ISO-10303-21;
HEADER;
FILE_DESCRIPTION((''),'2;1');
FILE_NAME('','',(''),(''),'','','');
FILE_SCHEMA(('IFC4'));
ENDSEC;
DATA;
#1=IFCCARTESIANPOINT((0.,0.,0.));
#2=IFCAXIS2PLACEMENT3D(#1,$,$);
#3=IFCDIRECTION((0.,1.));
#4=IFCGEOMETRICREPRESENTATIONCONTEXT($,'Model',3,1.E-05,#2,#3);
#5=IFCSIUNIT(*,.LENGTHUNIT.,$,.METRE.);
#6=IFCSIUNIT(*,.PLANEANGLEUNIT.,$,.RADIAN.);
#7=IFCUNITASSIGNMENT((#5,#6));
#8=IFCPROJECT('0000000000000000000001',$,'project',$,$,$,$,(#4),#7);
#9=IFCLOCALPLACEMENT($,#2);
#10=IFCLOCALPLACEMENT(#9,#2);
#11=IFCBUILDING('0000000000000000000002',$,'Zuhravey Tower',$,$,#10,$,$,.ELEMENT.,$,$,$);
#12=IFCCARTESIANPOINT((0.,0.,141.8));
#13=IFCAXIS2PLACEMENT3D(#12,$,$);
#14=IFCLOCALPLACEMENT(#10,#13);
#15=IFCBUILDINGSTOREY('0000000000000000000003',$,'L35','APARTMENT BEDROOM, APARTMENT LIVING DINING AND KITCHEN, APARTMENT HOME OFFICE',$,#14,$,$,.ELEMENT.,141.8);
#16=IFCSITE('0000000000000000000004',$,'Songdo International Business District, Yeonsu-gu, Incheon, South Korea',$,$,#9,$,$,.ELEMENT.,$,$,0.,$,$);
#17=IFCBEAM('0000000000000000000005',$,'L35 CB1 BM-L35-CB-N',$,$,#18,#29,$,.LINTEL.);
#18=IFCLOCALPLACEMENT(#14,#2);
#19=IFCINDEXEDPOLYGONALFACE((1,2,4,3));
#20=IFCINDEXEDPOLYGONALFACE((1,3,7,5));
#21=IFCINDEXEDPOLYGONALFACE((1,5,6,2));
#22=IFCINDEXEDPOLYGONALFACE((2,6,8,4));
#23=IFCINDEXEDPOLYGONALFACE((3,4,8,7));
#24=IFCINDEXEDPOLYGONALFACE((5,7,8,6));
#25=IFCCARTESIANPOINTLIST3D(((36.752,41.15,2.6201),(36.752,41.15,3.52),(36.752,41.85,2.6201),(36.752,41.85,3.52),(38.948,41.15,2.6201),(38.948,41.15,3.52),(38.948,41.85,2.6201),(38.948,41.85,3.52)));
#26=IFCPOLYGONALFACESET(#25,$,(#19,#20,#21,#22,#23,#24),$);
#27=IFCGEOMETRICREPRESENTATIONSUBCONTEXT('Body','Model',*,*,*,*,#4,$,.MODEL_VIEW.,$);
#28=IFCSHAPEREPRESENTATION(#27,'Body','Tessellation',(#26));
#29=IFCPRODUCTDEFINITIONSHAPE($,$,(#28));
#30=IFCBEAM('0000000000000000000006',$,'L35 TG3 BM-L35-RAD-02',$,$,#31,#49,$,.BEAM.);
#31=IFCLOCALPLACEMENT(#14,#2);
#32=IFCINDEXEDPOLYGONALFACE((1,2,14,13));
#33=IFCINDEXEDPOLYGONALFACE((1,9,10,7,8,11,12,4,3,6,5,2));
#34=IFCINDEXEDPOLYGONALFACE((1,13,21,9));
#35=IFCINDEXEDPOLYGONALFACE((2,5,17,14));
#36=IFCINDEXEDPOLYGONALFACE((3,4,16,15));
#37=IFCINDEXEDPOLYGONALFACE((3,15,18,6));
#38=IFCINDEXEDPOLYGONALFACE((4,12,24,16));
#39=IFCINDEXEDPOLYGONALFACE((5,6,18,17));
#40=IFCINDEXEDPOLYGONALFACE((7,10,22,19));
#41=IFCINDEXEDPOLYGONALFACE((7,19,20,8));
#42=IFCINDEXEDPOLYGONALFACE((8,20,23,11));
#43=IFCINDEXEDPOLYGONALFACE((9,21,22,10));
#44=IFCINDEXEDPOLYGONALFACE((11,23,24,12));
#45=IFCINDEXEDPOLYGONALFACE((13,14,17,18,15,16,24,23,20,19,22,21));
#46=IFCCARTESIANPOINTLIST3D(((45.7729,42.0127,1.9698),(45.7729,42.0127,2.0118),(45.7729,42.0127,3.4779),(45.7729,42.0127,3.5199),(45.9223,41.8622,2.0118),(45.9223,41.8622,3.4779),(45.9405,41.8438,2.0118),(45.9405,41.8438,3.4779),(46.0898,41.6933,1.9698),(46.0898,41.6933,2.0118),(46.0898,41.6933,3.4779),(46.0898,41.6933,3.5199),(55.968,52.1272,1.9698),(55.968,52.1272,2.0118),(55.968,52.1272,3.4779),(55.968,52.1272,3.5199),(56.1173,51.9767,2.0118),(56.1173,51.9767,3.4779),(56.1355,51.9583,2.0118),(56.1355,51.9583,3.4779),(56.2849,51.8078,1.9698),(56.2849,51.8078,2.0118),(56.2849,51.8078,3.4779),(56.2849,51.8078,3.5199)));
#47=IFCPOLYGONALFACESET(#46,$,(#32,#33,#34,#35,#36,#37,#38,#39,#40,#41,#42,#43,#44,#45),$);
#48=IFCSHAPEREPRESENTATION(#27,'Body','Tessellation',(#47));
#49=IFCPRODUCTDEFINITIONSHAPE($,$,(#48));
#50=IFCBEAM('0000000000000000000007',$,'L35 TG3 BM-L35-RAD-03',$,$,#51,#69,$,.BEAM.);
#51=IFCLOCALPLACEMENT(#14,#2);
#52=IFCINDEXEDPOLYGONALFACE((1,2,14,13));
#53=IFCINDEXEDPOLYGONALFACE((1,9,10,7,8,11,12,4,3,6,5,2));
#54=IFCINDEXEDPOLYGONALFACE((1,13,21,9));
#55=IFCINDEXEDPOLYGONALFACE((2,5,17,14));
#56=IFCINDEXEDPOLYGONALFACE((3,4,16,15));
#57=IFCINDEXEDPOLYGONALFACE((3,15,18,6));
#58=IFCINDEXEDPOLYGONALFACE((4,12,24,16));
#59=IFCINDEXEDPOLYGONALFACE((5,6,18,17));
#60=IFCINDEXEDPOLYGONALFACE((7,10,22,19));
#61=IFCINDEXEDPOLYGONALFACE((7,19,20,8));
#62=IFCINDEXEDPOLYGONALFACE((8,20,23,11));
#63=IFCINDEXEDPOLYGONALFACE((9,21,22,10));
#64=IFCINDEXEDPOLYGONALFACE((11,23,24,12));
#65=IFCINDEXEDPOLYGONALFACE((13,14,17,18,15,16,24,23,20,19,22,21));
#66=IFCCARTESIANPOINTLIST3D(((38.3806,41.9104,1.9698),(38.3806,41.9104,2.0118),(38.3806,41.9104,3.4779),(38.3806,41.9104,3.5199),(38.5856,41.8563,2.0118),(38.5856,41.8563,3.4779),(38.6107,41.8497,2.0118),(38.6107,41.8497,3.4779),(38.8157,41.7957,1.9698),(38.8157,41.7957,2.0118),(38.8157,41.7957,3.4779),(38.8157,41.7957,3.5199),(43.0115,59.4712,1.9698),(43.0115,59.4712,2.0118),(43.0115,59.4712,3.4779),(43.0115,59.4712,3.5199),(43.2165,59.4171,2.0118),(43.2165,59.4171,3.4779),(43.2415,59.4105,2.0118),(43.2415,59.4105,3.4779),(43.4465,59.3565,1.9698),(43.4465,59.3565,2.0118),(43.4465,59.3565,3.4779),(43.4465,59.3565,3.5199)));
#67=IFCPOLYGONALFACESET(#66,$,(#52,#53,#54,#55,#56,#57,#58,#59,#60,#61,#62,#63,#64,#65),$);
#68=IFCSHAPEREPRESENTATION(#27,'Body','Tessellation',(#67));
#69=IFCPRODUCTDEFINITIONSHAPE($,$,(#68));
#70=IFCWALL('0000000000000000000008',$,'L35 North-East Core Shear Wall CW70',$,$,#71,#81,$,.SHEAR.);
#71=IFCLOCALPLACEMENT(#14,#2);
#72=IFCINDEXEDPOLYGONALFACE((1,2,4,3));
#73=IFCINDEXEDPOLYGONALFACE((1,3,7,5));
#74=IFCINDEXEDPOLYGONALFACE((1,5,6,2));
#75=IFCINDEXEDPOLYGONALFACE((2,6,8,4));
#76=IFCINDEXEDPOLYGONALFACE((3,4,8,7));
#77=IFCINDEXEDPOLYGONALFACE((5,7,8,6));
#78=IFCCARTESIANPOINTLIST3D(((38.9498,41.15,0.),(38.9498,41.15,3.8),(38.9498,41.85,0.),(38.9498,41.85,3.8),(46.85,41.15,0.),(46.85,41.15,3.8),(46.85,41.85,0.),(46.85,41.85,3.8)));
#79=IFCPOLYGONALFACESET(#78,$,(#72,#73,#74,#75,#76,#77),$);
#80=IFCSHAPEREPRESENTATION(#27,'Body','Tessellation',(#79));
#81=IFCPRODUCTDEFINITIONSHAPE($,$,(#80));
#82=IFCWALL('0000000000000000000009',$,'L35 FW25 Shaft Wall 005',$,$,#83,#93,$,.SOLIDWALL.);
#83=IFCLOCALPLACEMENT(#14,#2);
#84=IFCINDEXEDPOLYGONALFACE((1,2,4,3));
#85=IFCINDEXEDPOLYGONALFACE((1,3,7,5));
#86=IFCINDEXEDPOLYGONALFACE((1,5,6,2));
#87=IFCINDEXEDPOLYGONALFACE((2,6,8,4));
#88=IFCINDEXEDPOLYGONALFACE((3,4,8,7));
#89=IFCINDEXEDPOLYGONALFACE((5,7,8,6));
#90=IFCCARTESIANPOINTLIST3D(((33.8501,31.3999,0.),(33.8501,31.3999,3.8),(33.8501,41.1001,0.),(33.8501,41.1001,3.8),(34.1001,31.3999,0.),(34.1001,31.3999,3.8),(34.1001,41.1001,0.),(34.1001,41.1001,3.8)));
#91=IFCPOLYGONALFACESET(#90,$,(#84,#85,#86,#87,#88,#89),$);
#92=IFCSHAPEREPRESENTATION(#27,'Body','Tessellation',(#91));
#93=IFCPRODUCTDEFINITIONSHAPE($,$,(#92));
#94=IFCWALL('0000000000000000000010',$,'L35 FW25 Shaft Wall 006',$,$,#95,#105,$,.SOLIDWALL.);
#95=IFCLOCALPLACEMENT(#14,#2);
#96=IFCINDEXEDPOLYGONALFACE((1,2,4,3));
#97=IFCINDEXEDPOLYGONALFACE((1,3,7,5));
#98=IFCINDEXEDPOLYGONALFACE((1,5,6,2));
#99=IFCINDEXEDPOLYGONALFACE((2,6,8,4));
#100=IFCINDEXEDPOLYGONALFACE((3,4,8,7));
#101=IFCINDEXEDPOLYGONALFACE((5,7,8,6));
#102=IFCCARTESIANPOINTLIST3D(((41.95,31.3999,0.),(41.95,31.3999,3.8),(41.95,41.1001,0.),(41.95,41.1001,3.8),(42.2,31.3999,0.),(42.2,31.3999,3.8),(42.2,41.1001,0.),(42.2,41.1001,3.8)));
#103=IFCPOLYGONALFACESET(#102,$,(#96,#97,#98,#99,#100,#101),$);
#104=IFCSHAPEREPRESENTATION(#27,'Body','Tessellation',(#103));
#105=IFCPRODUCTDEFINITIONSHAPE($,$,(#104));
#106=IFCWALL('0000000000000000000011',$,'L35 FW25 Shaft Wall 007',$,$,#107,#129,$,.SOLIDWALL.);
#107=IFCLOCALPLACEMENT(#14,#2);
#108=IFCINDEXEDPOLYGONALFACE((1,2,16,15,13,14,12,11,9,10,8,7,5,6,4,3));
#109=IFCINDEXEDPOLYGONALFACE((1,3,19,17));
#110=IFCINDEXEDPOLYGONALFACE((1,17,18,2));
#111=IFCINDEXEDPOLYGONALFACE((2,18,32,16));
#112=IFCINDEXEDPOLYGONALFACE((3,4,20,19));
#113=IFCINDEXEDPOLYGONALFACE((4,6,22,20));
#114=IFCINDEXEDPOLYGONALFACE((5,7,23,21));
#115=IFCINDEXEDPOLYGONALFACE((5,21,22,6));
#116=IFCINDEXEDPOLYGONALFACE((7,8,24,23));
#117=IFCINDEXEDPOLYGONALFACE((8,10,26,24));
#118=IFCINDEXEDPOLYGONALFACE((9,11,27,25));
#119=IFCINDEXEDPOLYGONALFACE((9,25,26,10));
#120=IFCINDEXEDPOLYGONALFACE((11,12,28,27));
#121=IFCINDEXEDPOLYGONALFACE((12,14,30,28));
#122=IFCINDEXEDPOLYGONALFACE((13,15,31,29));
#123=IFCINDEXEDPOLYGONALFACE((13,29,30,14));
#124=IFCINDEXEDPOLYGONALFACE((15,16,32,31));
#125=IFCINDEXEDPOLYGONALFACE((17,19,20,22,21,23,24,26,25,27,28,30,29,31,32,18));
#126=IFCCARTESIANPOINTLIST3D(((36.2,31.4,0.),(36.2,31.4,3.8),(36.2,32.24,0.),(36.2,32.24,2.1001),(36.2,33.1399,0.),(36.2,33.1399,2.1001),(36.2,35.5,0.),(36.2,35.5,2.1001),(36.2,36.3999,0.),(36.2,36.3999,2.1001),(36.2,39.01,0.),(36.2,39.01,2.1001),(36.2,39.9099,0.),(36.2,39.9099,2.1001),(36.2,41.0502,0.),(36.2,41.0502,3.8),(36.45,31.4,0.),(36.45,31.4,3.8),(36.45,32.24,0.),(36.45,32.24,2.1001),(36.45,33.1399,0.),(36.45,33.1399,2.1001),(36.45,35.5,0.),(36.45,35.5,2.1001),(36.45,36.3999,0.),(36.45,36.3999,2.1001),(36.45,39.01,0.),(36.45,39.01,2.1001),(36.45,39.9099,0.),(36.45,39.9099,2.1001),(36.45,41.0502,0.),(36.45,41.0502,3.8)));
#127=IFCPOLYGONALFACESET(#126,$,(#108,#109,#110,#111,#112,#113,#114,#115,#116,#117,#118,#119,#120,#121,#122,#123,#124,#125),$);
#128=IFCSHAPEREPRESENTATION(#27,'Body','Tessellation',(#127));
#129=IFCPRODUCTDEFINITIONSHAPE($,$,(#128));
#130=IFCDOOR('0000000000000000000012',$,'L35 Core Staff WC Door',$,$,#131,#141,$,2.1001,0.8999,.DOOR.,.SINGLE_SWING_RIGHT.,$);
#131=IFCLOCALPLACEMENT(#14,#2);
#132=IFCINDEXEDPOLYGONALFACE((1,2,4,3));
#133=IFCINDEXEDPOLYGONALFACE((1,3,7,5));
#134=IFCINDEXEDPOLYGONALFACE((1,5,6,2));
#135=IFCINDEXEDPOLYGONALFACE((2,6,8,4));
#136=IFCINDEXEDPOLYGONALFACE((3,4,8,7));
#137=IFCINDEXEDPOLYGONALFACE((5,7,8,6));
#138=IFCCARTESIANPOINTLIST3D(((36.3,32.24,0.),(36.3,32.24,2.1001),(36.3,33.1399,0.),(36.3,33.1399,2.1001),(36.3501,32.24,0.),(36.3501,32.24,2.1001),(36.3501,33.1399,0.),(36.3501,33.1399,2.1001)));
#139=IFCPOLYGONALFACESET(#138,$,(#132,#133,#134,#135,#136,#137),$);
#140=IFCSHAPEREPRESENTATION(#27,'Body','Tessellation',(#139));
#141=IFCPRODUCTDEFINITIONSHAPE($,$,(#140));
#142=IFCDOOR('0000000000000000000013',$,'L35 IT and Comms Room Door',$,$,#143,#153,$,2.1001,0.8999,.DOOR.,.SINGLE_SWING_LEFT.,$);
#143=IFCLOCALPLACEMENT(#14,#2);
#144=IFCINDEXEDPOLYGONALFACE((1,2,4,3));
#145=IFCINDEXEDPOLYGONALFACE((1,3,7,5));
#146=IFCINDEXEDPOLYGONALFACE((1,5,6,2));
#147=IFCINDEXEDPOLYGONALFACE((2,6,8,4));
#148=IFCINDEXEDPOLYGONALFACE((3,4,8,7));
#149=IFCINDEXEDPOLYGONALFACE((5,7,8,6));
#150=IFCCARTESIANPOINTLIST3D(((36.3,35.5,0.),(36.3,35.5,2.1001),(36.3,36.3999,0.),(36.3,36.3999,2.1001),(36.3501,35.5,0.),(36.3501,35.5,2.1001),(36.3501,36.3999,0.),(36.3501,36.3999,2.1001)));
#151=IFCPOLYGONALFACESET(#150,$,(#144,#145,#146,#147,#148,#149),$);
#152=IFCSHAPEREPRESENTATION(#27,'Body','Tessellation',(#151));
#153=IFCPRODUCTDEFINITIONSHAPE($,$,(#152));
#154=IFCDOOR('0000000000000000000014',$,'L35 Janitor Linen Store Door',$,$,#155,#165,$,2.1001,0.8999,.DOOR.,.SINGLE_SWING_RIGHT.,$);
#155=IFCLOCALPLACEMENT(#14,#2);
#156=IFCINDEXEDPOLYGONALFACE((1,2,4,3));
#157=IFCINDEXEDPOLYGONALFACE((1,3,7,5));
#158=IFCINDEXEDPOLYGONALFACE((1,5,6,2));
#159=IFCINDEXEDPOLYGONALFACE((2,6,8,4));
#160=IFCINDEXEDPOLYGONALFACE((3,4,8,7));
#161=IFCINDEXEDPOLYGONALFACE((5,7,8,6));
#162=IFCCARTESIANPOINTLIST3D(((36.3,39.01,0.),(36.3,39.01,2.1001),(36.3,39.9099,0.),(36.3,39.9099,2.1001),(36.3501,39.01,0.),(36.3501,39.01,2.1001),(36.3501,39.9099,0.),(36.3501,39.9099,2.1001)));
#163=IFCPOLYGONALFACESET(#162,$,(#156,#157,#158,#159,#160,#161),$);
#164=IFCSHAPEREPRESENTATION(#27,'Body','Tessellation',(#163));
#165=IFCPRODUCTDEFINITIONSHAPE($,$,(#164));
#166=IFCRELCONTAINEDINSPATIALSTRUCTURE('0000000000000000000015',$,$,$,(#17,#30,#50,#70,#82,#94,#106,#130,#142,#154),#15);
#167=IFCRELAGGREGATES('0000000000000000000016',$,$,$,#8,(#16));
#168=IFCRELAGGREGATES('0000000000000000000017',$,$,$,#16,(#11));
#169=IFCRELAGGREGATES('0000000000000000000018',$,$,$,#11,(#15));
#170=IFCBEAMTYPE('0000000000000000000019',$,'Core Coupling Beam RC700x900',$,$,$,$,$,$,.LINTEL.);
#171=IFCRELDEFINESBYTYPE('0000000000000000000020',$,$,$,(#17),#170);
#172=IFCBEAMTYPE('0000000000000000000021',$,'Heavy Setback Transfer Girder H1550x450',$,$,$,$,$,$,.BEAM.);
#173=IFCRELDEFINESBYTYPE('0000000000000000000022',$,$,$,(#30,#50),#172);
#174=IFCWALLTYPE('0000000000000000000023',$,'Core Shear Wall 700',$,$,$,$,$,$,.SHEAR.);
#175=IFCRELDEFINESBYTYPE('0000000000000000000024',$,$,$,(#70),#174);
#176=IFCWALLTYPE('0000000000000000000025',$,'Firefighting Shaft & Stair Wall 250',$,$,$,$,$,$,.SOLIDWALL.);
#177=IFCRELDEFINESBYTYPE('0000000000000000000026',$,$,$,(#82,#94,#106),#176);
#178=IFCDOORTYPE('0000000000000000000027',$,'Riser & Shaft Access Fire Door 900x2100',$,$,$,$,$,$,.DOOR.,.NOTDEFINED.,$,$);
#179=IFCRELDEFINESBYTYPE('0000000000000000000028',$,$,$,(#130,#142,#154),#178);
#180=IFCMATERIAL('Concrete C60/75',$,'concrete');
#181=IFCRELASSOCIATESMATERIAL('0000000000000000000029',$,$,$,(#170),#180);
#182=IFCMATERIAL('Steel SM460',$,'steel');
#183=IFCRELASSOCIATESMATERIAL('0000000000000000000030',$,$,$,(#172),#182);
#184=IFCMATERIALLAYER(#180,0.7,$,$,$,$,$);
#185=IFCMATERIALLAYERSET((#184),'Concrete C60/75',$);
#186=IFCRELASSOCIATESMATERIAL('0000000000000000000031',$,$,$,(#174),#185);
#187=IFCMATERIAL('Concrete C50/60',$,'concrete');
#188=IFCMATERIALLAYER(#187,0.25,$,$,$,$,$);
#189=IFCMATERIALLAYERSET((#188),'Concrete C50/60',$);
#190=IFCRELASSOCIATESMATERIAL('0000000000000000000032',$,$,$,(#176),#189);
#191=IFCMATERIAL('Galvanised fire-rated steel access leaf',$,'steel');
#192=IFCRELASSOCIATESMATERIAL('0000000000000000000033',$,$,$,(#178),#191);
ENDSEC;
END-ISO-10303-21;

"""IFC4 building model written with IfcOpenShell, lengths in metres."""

from ifc_helpers import new_model, si_unit, direction, frame, frame_2d, origin, origin_2d, place, context, subcontext, project, spatial, rectangle, i_section, extrude, material, layer, layer_set, material_profile, profile_set, type_object, element, fill, save


model = new_model("IFC4")

# Units and contexts
model_context = context("Model", 3, precision=1e-05, world=origin(), true_north=direction((0.0, 1.0)))
body_context = subcontext(model_context, "Body", "Model", "MODEL_VIEW")
ifc_project = project(units=[si_unit("LENGTHUNIT", "METRE"), si_unit("PLANEANGLEUNIT", "RADIAN")], contexts=[model_context])

# Site, building, storey
site_placement = place(None, origin())
site = spatial("IfcSite", under=ifc_project, at=site_placement, Name="Songdo International Business District, Yeonsu-gu, Incheon, South Korea", CompositionType="ELEMENT", RefElevation=0.0)
building_placement = place(site_placement, origin())
building = spatial("IfcBuilding", under=site, at=building_placement, Name="Zuhravey Tower", CompositionType="ELEMENT")
storey_placement = place(building_placement, frame((0.0, 0.0, 141.8)))
storey = spatial("IfcBuildingStorey", under=building, at=storey_placement, Name="L35", Description="APARTMENT BEDROOM, APARTMENT LIVING DINING AND KITCHEN, APARTMENT HOME OFFICE", CompositionType="ELEMENT", Elevation=141.8)

# Beams
ifc_material_1 = material(Name="Concrete C60/75", Category="concrete")
ifc_material_profile_1 = material_profile(ifc_material_1, rectangle(XDim=0.7, YDim=0.8999, at=origin_2d()), Name="RC-700x900")
ifc_profile_set_1 = profile_set([ifc_material_profile_1], Name="Concrete C60/75")
beam_type_1 = type_object("IfcBeamType", Name="Core Coupling Beam RC700x900", PredefinedType="LINTEL", material=ifc_profile_set_1)
beam_1_placement = place(storey_placement, frame((36.752, 41.5, 3.0701), z_axis=(1.0, 0.0, 0.0), x_axis=(0.0, 1.0, 0.0)))
element("IfcBeam", 1, at=beam_1_placement, inside=storey, type_object=beam_type_1, Name="L35 CB1 BM-L35-CB-N", PredefinedType="LINTEL", context=body_context, shape_type="SweptSolid", body=[
    extrude(rectangle(XDim=0.7, YDim=0.8999, at=origin_2d()), origin(), (0.0, 0.0, 1.0), 2.196),
])
ifc_material_2 = material(Name="Steel SM460", Category="steel")
ifc_material_profile_2 = material_profile(ifc_material_2, i_section(OverallWidth=0.45, OverallDepth=1.55, WebThickness=0.0259, FlangeThickness=0.042, at=origin_2d()), Name="H-1550x450x26x42")
ifc_profile_set_2 = profile_set([ifc_material_profile_2], Name="Steel SM460")
beam_type_2 = type_object("IfcBeamType", Name="Heavy Setback Transfer Girder H1550x450", PredefinedType="BEAM", material=ifc_profile_set_2)
beam_2_placement = place(storey_placement, frame((45.9314, 41.853, 2.7449), z_axis=(0.709906, 0.704296, 0.0), x_axis=(-0.704296, 0.709906, 0.0)))
element("IfcBeam", 2, at=beam_2_placement, inside=storey, type_object=beam_type_2, Name="L35 TG3 BM-L35-RAD-02", PredefinedType="BEAM", context=body_context, shape_type="SweptSolid", body=[
    extrude(i_section(OverallWidth=0.45, OverallDepth=1.55, WebThickness=0.0259, FlangeThickness=0.042, at=origin_2d()), origin(), (0.0, 0.0, 1.0), 14.3611),
])
beam_3_placement = place(storey_placement, frame((38.5981, 41.853, 2.7449), z_axis=(0.254988, 0.966944, 0.0), x_axis=(-0.966944, 0.254988, 0.0)))
element("IfcBeam", 3, at=beam_3_placement, inside=storey, type_object=beam_type_2, Name="L35 TG3 BM-L35-RAD-03", PredefinedType="BEAM", context=body_context, shape_type="SweptSolid", body=[
    extrude(i_section(OverallWidth=0.45, OverallDepth=1.55, WebThickness=0.0259, FlangeThickness=0.042, at=origin_2d()), origin(), (0.0, 0.0, 1.0), 18.1611),
])

# Wall
ifc_layer_1 = layer(ifc_material_1, 0.7)
ifc_layer_set_1 = layer_set([ifc_layer_1], Name="Concrete C60/75")
wall_type_1 = type_object("IfcWallType", Name="Core Shear Wall 700", PredefinedType="SHEAR", material=ifc_layer_set_1)
wall_1_placement = place(storey_placement, frame((46.8501, 41.5, 0.0), z_axis=(0.0, 0.0, 1.0), x_axis=(-1.0, 0.0, 0.0)))
element("IfcWall", 4, at=wall_1_placement, inside=storey, type_object=wall_type_1, Name="L35 North-East Core Shear Wall CW70", PredefinedType="SHEAR", context=body_context, shape_type="SweptSolid", body=[
    extrude(rectangle(XDim=7.9001, YDim=0.7, at=frame_2d((3.9502, 0.0))), origin(), (0.0, 0.0, 1.0), 3.8),
])

# Shared definitions
ifc_material_3 = material(Name="Concrete C50/60", Category="concrete")
ifc_layer_2 = layer(ifc_material_3, 0.25)
ifc_layer_set_2 = layer_set([ifc_layer_2], Name="Concrete C50/60")
wall_type_2 = type_object("IfcWallType", Name="Firefighting Shaft & Stair Wall 250", PredefinedType="SOLIDWALL", material=ifc_layer_set_2)

# Walls
for number, where, z_axis, x_axis, name in (
    (5, (33.9751, 31.3999, 0.0), (0.0, 0.0, 1.0), (0.0, 1.0, 0.0), "L35 FW25 Shaft Wall 005"),
    (6, (42.075, 31.3999, 0.0), (0.0, 0.0, 1.0), (0.0, 1.0, 0.0), "L35 FW25 Shaft Wall 006"),
):
    element("IfcWall", number, at=place(storey_placement, frame(where, z_axis=z_axis, x_axis=x_axis)), inside=storey, type_object=wall_type_2, Name=name, PredefinedType="SOLIDWALL", context=body_context, shape_type="SweptSolid", body=[
        extrude(rectangle(XDim=9.7002, YDim=0.25, at=frame_2d((4.8501, 0.0))), origin(), (0.0, 0.0, 1.0), 3.8),
    ])

# Wall, openings, doors
wall_2_placement = place(storey_placement, frame((36.325, 31.3999, 0.0), z_axis=(0.0, 0.0, 1.0), x_axis=(0.0, 1.0, 0.0)))
wall_2 = element("IfcWall", 7, at=wall_2_placement, inside=storey, type_object=wall_type_2, Name="L35 FW25 Shaft Wall 007", PredefinedType="SOLIDWALL", context=body_context, shape_type="SweptSolid", body=[
    extrude(rectangle(XDim=9.6501, YDim=0.25, at=frame_2d((4.8252, 0.0))), origin(), (0.0, 0.0, 1.0), 3.8),
])
opening_1_placement = place(wall_2_placement, frame((0.8401, 0.0, 0.0)))
opening_1 = element("IfcOpeningElement", 8, at=opening_1_placement, cuts=wall_2, PredefinedType="OPENING", context=body_context, shape_type="SweptSolid", body=[
    extrude(rectangle(XDim=0.8999, YDim=2.1001, at=frame_2d((0.45, 1.05))), frame((0.0, 0.137, 0.0), z_axis=(0.0, -1.0, 0.0), x_axis=(1.0, 0.0, 0.0)), (0.0, 0.0, 1.0), 0.2739),
])
opening_2_placement = place(wall_2_placement, frame((4.1001, 0.0, 0.0)))
opening_2 = element("IfcOpeningElement", 9, at=opening_2_placement, cuts=wall_2, PredefinedType="OPENING", context=body_context, shape_type="SweptSolid", body=[
    extrude(rectangle(XDim=0.8999, YDim=2.1001, at=frame_2d((0.45, 1.05))), frame((0.0, 0.137, 0.0), z_axis=(0.0, -1.0, 0.0), x_axis=(1.0, 0.0, 0.0)), (0.0, 0.0, 1.0), 0.2739),
])
opening_3_placement = place(wall_2_placement, frame((7.6101, 0.0, 0.0)))
opening_3 = element("IfcOpeningElement", 10, at=opening_3_placement, cuts=wall_2, PredefinedType="OPENING", context=body_context, shape_type="SweptSolid", body=[
    extrude(rectangle(XDim=0.8999, YDim=2.1001, at=frame_2d((0.45, 1.05))), frame((0.0, 0.137, 0.0), z_axis=(0.0, -1.0, 0.0), x_axis=(1.0, 0.0, 0.0)), (0.0, 0.0, 1.0), 0.2739),
])
ifc_material_4 = material(Name="Galvanised fire-rated steel access leaf", Category="steel")
door_type_1 = type_object("IfcDoorType", Name="Riser & Shaft Access Fire Door 900x2100", OperationType="NOTDEFINED", PredefinedType="DOOR", material=ifc_material_4)
door_1_placement = place(opening_1_placement, origin())
door_1 = element("IfcDoor", 11, at=door_1_placement, inside=storey, type_object=door_type_1, Name="L35 Core Staff WC Door", OperationType="SINGLE_SWING_RIGHT", OverallHeight=2.1001, OverallWidth=0.8999, PredefinedType="DOOR", context=body_context, shape_type="SweptSolid", body=[
    extrude(rectangle(XDim=0.8999, YDim=2.1001, at=frame_2d((0.45, 1.05))), frame((0.0, 0.0249, 0.0), z_axis=(0.0, -1.0, 0.0), x_axis=(1.0, 0.0, 0.0)), (0.0, 0.0, 1.0), 0.05),
])
fill(opening_1, door_1)
door_2_placement = place(opening_2_placement, origin())
door_2 = element("IfcDoor", 12, at=door_2_placement, inside=storey, type_object=door_type_1, Name="L35 IT and Comms Room Door", OperationType="SINGLE_SWING_LEFT", OverallHeight=2.1001, OverallWidth=0.8999, PredefinedType="DOOR", context=body_context, shape_type="SweptSolid", body=[
    extrude(rectangle(XDim=0.8999, YDim=2.1001, at=frame_2d((0.45, 1.05))), frame((0.0, 0.0249, 0.0), z_axis=(0.0, -1.0, 0.0), x_axis=(1.0, 0.0, 0.0)), (0.0, 0.0, 1.0), 0.05),
])
fill(opening_2, door_2)
door_3_placement = place(opening_3_placement, origin())
door_3 = element("IfcDoor", 13, at=door_3_placement, inside=storey, type_object=door_type_1, Name="L35 Janitor Linen Store Door", OperationType="SINGLE_SWING_RIGHT", OverallHeight=2.1001, OverallWidth=0.8999, PredefinedType="DOOR", context=body_context, shape_type="SweptSolid", body=[
    extrude(rectangle(XDim=0.8999, YDim=2.1001, at=frame_2d((0.45, 1.05))), frame((0.0, 0.0249, 0.0), z_axis=(0.0, -1.0, 0.0), x_axis=(1.0, 0.0, 0.0)), (0.0, 0.0, 1.0), 0.05),
])
fill(opening_3, door_3)

save(model, "model.ifc")
